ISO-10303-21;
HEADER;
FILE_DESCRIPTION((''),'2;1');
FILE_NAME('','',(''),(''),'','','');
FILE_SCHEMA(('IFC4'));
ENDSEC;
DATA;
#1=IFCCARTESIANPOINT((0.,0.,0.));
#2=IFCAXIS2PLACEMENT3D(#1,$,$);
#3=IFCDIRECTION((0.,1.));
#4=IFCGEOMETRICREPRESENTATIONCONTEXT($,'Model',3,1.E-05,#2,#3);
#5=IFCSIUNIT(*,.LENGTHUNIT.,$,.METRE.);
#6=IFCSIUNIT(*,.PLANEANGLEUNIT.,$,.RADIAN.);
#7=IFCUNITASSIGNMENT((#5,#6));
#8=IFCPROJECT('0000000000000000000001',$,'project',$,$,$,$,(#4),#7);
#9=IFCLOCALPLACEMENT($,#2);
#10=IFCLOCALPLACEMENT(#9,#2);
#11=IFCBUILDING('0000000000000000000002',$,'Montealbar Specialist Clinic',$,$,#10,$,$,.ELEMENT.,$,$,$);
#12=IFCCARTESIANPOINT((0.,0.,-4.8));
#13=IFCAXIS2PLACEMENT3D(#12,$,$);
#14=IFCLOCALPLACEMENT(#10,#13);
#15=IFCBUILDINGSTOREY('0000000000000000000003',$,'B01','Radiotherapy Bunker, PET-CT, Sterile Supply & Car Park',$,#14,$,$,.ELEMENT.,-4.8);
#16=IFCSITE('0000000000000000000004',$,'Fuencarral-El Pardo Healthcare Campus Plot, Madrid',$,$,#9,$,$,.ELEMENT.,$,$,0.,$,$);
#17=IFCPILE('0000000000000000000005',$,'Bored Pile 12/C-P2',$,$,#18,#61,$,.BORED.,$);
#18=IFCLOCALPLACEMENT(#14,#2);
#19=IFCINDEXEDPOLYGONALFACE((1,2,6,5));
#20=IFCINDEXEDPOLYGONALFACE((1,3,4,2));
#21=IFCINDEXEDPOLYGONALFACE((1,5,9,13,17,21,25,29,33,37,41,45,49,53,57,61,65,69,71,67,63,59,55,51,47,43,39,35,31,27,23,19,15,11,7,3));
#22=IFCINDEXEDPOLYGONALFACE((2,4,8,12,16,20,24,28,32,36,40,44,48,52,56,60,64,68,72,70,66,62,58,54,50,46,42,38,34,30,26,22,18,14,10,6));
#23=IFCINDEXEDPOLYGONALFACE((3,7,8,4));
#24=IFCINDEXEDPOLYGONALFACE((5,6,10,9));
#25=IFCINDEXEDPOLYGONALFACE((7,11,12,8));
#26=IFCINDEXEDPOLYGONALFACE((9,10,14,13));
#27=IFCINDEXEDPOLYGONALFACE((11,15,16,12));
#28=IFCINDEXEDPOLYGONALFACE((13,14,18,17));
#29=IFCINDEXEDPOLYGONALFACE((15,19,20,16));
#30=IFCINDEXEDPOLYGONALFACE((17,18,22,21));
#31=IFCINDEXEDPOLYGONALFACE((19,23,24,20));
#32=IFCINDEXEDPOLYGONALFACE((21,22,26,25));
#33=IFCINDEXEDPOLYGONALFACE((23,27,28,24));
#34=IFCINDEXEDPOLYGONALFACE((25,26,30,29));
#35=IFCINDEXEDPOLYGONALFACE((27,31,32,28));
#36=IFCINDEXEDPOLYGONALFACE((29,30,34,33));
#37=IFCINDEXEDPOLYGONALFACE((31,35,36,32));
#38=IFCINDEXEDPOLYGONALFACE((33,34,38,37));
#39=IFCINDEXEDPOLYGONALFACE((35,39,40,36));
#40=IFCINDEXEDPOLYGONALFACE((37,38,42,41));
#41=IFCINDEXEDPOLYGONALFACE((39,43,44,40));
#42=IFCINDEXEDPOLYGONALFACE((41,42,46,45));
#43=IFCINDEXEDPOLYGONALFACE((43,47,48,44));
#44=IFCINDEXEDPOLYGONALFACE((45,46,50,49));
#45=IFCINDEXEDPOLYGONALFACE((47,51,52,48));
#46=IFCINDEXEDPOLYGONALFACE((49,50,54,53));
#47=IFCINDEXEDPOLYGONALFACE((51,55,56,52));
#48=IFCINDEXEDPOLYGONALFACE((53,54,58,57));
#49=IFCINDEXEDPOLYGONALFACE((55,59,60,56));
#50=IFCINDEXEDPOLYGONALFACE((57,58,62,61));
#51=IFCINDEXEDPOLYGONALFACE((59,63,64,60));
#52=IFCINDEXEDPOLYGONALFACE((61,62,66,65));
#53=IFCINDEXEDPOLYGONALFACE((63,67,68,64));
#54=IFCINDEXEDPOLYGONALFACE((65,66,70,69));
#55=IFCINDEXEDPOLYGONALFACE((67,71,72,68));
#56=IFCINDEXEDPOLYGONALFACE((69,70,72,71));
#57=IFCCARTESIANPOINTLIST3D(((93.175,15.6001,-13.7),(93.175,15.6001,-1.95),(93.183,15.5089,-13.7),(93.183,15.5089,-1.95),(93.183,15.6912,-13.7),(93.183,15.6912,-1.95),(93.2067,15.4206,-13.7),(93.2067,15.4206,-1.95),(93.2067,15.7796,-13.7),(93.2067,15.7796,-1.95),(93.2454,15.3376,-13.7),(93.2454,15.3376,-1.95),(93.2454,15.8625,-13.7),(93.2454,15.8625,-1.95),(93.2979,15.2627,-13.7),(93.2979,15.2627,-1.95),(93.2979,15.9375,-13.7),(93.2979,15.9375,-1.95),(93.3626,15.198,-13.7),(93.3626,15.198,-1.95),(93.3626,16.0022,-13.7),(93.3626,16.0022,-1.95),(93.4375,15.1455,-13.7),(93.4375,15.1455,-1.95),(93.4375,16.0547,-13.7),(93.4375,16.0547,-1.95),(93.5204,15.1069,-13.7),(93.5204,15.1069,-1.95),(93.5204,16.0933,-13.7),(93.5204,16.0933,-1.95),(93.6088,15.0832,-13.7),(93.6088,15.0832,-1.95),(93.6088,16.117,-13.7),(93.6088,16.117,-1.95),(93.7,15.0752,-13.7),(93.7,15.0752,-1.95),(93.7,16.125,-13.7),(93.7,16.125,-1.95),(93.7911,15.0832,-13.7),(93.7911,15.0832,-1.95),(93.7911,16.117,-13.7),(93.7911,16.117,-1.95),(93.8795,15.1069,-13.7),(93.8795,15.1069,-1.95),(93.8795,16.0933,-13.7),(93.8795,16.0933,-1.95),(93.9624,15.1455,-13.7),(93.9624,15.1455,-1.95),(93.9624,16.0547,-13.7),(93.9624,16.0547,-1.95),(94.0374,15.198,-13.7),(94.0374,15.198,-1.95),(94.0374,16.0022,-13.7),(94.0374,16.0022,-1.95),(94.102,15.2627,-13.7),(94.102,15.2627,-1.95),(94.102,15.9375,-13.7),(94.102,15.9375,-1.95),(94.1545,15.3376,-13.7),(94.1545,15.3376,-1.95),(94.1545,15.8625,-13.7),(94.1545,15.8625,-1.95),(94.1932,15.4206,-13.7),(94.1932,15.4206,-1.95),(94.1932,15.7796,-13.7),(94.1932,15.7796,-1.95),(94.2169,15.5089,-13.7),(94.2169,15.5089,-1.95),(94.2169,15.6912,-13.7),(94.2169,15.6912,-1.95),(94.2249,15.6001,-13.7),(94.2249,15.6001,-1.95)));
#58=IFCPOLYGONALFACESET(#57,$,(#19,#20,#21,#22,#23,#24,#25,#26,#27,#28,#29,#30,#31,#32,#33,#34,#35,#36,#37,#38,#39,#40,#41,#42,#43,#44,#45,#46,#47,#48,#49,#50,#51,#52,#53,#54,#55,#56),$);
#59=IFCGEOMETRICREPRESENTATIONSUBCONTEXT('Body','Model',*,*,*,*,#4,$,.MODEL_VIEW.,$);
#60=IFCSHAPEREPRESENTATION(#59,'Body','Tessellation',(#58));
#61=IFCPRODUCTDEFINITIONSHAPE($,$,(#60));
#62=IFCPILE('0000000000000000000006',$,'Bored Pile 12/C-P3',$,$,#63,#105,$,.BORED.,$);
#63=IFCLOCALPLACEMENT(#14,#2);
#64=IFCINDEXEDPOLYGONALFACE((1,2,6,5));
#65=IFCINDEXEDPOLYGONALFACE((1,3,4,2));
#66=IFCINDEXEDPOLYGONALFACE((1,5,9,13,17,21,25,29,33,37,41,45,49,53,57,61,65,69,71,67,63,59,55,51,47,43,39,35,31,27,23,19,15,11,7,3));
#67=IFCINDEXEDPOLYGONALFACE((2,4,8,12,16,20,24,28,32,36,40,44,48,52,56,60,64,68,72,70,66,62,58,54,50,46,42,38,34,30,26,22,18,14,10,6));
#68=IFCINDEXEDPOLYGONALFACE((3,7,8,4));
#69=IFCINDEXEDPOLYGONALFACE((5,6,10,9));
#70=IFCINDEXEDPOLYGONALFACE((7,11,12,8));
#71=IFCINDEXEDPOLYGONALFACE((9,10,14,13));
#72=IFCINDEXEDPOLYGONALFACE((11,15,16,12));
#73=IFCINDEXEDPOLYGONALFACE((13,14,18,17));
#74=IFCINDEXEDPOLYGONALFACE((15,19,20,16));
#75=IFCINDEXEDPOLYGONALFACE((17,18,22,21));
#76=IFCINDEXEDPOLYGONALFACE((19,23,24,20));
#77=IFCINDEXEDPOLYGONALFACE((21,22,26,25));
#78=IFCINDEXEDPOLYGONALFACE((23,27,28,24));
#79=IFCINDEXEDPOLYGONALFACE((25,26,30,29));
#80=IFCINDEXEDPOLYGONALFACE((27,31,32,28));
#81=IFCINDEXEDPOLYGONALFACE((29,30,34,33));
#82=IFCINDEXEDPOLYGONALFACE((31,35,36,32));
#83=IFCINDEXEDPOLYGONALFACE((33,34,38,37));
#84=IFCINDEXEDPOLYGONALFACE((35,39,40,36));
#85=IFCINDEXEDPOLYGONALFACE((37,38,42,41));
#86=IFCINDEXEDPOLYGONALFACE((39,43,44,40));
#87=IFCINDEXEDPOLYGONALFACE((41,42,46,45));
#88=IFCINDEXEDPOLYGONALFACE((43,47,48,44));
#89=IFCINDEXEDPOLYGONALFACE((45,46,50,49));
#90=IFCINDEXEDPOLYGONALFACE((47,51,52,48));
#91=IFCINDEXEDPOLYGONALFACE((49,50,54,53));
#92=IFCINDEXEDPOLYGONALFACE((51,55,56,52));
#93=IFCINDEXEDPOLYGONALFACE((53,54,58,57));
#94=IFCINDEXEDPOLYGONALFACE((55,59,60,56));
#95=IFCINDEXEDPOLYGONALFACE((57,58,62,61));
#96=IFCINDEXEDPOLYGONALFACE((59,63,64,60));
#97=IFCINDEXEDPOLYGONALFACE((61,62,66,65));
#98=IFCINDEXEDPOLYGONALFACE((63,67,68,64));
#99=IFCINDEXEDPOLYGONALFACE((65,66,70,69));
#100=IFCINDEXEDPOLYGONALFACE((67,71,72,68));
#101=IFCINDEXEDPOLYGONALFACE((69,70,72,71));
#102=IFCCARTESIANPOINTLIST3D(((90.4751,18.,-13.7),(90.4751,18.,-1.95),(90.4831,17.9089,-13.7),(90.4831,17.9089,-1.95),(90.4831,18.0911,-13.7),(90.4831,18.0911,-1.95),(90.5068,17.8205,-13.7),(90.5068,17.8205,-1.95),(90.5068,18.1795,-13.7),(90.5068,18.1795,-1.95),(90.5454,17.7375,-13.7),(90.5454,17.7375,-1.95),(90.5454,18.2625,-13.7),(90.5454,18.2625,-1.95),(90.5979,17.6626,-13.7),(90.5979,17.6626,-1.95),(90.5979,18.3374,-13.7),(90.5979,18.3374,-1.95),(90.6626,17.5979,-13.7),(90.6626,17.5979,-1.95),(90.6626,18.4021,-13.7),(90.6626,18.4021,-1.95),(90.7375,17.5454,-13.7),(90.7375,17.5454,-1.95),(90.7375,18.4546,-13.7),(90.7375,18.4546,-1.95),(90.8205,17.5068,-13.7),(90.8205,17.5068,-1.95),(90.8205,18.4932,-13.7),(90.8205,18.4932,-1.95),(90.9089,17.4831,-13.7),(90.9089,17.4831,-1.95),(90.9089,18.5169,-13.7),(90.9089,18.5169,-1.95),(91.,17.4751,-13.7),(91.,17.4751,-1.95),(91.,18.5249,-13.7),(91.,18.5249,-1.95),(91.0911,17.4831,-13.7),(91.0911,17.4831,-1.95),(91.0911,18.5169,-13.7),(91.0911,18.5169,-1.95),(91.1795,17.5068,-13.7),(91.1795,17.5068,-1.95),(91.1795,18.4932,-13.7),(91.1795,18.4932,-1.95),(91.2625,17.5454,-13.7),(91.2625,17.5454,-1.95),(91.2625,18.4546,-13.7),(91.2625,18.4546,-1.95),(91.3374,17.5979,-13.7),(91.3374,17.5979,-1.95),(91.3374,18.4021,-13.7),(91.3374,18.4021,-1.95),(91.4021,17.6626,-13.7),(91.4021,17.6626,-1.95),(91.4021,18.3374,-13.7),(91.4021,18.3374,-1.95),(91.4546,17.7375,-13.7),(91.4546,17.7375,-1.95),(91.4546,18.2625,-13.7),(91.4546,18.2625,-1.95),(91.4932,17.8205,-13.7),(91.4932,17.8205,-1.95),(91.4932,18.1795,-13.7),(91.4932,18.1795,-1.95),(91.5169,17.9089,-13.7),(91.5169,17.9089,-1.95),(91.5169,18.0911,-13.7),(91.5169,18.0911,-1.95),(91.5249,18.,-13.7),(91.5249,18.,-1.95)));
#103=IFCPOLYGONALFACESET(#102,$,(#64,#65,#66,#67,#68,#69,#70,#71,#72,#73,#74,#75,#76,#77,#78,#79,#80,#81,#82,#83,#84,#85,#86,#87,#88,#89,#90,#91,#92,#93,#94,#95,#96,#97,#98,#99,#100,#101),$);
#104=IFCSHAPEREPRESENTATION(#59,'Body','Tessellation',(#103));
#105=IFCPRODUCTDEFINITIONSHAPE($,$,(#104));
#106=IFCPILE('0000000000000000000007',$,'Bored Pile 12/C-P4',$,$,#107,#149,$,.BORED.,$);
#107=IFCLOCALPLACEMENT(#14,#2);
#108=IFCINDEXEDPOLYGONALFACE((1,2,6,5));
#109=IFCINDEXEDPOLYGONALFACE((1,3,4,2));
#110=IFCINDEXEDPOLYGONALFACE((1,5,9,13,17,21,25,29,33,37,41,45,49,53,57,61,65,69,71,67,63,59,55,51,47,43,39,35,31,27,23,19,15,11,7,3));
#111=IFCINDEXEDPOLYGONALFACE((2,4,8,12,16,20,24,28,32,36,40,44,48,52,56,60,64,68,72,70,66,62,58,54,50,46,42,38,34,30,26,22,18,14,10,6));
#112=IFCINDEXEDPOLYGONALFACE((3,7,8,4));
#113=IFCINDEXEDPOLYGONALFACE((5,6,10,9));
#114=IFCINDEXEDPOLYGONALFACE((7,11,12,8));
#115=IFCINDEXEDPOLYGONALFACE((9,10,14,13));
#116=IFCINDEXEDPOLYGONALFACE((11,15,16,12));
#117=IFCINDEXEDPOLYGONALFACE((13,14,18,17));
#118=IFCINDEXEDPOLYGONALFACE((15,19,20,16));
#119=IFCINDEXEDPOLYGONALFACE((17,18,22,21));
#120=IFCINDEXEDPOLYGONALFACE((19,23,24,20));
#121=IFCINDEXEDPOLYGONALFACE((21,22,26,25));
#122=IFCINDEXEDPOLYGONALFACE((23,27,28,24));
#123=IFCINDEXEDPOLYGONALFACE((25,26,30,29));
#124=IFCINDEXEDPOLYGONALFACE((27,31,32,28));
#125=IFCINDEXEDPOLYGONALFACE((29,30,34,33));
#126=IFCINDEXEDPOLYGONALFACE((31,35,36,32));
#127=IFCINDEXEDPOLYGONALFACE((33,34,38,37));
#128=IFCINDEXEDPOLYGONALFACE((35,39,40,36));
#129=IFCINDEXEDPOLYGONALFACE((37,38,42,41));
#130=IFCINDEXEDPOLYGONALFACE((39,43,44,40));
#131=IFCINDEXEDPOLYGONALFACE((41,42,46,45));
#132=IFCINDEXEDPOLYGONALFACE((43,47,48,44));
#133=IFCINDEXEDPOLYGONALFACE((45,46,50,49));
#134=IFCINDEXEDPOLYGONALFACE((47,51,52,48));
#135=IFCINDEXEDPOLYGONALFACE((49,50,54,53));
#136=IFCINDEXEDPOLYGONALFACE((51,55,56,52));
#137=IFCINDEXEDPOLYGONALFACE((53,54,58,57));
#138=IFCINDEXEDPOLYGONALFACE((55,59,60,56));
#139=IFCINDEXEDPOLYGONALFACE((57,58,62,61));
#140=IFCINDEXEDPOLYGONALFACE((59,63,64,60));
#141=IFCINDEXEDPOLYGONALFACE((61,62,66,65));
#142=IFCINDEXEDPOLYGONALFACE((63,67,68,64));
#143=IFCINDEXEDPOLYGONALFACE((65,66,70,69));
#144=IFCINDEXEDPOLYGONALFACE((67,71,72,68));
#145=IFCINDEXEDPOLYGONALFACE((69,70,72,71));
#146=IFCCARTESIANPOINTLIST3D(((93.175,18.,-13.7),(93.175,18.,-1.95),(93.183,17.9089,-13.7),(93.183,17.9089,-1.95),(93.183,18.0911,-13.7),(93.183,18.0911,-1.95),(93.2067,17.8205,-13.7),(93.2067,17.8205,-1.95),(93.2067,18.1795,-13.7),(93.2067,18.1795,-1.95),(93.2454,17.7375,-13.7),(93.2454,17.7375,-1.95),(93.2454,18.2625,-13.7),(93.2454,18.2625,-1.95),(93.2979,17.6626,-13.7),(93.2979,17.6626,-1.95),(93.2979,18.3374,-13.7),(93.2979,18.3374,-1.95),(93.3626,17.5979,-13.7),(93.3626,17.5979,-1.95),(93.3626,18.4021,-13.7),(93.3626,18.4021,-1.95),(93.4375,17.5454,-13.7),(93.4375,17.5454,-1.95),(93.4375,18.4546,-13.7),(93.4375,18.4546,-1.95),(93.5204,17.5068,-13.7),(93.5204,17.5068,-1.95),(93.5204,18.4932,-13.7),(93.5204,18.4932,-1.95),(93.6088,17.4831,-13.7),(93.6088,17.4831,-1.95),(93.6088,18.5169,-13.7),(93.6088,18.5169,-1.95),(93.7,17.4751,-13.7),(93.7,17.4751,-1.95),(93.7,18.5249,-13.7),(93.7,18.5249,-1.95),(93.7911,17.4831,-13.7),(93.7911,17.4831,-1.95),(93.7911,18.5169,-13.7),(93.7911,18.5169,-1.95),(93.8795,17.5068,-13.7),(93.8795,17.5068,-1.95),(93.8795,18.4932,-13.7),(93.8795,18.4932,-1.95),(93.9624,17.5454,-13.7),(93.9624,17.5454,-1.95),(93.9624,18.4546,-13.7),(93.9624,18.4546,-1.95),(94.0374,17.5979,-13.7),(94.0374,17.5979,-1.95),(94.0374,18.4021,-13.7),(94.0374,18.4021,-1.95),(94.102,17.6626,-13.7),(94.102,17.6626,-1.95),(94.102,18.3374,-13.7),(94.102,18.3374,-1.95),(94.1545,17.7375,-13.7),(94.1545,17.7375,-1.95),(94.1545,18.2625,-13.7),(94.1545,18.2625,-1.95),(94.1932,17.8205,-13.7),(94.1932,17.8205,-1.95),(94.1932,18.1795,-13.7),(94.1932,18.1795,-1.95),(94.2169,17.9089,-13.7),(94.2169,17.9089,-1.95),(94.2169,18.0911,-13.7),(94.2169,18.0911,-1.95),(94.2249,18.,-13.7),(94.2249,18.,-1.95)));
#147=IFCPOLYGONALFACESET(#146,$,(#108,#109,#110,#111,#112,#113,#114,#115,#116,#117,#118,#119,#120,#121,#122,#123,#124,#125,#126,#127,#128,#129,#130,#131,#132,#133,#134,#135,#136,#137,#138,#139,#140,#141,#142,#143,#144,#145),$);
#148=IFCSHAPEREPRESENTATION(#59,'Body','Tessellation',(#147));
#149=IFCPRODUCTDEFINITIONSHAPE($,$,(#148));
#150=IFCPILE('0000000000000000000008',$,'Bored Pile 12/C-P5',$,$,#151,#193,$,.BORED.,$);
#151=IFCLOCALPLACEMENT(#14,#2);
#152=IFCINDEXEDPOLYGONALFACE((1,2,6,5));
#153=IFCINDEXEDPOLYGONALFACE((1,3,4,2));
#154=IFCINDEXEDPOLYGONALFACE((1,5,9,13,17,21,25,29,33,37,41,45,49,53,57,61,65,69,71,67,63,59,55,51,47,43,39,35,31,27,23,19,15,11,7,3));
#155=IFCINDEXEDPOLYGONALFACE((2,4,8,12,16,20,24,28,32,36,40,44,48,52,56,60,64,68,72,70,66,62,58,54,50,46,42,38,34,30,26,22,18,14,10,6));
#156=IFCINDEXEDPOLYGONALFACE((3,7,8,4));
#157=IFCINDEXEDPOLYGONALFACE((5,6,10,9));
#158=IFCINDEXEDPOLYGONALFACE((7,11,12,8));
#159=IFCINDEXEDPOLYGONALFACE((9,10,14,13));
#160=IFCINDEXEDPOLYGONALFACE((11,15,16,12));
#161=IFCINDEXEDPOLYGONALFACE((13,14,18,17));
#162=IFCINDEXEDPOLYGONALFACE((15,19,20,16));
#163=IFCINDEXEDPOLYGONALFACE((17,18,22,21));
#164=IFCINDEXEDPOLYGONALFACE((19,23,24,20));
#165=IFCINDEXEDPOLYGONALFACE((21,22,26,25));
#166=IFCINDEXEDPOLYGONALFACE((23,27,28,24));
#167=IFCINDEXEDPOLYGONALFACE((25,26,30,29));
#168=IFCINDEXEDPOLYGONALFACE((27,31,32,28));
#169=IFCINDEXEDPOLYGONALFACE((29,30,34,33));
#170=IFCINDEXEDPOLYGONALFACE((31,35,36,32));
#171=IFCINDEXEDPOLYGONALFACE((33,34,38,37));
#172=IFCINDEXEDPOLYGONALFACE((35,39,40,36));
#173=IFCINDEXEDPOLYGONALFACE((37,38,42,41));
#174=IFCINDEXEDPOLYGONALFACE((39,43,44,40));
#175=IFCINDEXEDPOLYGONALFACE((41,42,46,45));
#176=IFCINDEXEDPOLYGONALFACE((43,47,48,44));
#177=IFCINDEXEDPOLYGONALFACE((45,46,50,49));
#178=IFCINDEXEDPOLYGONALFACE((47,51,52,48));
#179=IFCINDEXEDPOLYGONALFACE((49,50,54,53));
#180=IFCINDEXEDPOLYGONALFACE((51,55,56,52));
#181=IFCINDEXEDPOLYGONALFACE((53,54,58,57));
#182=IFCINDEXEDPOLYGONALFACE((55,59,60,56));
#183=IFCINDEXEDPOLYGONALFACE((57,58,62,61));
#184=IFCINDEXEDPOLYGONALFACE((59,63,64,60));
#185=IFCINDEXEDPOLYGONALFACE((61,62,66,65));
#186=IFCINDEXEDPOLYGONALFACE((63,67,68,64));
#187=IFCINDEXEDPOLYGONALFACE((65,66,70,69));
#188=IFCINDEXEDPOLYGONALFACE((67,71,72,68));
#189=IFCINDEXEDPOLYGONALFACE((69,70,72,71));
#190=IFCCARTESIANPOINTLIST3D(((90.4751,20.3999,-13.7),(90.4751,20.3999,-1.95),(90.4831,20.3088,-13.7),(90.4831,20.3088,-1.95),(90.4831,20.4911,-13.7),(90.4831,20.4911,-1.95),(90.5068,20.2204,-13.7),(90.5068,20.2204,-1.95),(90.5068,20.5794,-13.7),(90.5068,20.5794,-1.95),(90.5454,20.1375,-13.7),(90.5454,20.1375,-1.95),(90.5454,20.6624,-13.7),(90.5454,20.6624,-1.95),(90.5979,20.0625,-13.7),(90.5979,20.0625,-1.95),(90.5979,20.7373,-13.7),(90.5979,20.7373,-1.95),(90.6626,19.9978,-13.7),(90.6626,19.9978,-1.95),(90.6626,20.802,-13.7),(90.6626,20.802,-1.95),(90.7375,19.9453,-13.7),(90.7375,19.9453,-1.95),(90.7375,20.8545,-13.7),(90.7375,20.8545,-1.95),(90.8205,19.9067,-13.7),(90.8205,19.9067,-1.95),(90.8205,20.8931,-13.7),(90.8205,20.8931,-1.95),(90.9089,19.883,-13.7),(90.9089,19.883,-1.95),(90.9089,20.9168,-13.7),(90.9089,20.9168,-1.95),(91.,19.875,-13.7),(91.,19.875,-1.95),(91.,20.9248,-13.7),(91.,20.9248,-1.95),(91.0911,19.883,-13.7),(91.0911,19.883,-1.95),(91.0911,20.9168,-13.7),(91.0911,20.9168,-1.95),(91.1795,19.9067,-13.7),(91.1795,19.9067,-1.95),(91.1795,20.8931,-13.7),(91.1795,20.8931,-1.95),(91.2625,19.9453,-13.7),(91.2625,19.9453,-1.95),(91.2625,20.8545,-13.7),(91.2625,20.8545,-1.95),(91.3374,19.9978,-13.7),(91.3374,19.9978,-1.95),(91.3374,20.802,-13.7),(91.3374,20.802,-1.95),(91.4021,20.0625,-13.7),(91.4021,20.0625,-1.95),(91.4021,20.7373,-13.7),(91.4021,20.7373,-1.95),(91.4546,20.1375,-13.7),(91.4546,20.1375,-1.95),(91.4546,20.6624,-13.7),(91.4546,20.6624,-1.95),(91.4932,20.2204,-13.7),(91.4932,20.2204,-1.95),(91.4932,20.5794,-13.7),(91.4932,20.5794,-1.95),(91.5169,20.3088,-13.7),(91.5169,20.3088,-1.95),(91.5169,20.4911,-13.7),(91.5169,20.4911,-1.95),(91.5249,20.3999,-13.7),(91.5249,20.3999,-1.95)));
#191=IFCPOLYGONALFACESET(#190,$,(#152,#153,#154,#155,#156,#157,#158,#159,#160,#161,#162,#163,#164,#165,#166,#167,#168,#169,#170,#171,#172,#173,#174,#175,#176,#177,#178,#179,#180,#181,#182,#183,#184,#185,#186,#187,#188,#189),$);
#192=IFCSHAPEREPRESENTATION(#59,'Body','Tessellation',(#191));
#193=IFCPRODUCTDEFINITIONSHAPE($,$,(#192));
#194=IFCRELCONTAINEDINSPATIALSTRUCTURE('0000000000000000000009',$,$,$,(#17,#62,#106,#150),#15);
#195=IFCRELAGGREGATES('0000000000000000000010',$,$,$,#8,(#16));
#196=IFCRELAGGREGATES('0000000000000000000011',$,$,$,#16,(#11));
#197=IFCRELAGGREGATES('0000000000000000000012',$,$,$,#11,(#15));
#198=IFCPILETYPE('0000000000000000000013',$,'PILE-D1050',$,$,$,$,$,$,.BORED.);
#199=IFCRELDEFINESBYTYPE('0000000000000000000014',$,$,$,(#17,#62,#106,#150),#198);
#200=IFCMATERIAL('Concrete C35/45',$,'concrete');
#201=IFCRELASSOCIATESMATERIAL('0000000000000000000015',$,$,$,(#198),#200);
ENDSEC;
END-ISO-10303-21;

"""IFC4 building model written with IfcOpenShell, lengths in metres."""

from ifc_helpers import new_model, si_unit, direction, frame, origin, origin_2d, place, context, subcontext, project, spatial, circle, extrude, material, material_profile, profile_set, type_object, element, save


model = new_model("IFC4")

# Units and contexts
model_context = context("Model", 3, precision=1e-05, world=origin(), true_north=direction((0.0, 1.0)))
body_context = subcontext(model_context, "Body", "Model", "MODEL_VIEW")
ifc_project = project(units=[si_unit("LENGTHUNIT", "METRE"), si_unit("PLANEANGLEUNIT", "RADIAN")], contexts=[model_context])

# Site, building, storey
site_placement = place(None, origin())
site = spatial("IfcSite", under=ifc_project, at=site_placement, Name="Fuencarral-El Pardo Healthcare Campus Plot, Madrid", CompositionType="ELEMENT", RefElevation=0.0)
building_placement = place(site_placement, origin())
building = spatial("IfcBuilding", under=site, at=building_placement, Name="Montealbar Specialist Clinic", CompositionType="ELEMENT")
storey_placement = place(building_placement, frame((0.0, 0.0, -4.8)))
storey = spatial("IfcBuildingStorey", under=building, at=storey_placement, Name="B01", Description="Radiotherapy Bunker, PET-CT, Sterile Supply & Car Park", CompositionType="ELEMENT", Elevation=-4.8)

# Shared definitions
ifc_material_1 = material(Name="Concrete C35/45", Category="concrete")

# Piles
ifc_material_profile_1 = material_profile(ifc_material_1, circle(Radius=0.5249, at=origin_2d()), Name="PILE D1050", Category="concrete")
ifc_profile_set_1 = profile_set([ifc_material_profile_1], Name="Concrete C35/45")
pile_type_1 = type_object("IfcPileType", Name="PILE-D1050", PredefinedType="BORED", material=ifc_profile_set_1)
for number, where, z_axis, x_axis, name in (
    (1, (93.7, 15.6001, -1.95), (0.0, 0.0, -1.0), (1.0, 0.0, 0.0), "Bored Pile 12/C-P2"),
    (2, (91.0, 18.0, -1.95), (0.0, 0.0, -1.0), (1.0, 0.0, 0.0), "Bored Pile 12/C-P3"),
    (3, (93.7, 18.0, -1.95), (0.0, 0.0, -1.0), (1.0, 0.0, 0.0), "Bored Pile 12/C-P4"),
    (4, (91.0, 20.3999, -1.95), (0.0, 0.0, -1.0), (1.0, 0.0, 0.0), "Bored Pile 12/C-P5"),
):
    element("IfcPile", number, at=place(storey_placement, frame(where, z_axis=z_axis, x_axis=x_axis)), inside=storey, type_object=pile_type_1, Name=name, PredefinedType="BORED", context=body_context, shape_type="SweptSolid", body=[
        extrude(circle(Radius=0.5249, at=origin_2d()), origin(), (0.0, 0.0, 1.0), 11.75),
    ])

save(model, "model.ifc")
